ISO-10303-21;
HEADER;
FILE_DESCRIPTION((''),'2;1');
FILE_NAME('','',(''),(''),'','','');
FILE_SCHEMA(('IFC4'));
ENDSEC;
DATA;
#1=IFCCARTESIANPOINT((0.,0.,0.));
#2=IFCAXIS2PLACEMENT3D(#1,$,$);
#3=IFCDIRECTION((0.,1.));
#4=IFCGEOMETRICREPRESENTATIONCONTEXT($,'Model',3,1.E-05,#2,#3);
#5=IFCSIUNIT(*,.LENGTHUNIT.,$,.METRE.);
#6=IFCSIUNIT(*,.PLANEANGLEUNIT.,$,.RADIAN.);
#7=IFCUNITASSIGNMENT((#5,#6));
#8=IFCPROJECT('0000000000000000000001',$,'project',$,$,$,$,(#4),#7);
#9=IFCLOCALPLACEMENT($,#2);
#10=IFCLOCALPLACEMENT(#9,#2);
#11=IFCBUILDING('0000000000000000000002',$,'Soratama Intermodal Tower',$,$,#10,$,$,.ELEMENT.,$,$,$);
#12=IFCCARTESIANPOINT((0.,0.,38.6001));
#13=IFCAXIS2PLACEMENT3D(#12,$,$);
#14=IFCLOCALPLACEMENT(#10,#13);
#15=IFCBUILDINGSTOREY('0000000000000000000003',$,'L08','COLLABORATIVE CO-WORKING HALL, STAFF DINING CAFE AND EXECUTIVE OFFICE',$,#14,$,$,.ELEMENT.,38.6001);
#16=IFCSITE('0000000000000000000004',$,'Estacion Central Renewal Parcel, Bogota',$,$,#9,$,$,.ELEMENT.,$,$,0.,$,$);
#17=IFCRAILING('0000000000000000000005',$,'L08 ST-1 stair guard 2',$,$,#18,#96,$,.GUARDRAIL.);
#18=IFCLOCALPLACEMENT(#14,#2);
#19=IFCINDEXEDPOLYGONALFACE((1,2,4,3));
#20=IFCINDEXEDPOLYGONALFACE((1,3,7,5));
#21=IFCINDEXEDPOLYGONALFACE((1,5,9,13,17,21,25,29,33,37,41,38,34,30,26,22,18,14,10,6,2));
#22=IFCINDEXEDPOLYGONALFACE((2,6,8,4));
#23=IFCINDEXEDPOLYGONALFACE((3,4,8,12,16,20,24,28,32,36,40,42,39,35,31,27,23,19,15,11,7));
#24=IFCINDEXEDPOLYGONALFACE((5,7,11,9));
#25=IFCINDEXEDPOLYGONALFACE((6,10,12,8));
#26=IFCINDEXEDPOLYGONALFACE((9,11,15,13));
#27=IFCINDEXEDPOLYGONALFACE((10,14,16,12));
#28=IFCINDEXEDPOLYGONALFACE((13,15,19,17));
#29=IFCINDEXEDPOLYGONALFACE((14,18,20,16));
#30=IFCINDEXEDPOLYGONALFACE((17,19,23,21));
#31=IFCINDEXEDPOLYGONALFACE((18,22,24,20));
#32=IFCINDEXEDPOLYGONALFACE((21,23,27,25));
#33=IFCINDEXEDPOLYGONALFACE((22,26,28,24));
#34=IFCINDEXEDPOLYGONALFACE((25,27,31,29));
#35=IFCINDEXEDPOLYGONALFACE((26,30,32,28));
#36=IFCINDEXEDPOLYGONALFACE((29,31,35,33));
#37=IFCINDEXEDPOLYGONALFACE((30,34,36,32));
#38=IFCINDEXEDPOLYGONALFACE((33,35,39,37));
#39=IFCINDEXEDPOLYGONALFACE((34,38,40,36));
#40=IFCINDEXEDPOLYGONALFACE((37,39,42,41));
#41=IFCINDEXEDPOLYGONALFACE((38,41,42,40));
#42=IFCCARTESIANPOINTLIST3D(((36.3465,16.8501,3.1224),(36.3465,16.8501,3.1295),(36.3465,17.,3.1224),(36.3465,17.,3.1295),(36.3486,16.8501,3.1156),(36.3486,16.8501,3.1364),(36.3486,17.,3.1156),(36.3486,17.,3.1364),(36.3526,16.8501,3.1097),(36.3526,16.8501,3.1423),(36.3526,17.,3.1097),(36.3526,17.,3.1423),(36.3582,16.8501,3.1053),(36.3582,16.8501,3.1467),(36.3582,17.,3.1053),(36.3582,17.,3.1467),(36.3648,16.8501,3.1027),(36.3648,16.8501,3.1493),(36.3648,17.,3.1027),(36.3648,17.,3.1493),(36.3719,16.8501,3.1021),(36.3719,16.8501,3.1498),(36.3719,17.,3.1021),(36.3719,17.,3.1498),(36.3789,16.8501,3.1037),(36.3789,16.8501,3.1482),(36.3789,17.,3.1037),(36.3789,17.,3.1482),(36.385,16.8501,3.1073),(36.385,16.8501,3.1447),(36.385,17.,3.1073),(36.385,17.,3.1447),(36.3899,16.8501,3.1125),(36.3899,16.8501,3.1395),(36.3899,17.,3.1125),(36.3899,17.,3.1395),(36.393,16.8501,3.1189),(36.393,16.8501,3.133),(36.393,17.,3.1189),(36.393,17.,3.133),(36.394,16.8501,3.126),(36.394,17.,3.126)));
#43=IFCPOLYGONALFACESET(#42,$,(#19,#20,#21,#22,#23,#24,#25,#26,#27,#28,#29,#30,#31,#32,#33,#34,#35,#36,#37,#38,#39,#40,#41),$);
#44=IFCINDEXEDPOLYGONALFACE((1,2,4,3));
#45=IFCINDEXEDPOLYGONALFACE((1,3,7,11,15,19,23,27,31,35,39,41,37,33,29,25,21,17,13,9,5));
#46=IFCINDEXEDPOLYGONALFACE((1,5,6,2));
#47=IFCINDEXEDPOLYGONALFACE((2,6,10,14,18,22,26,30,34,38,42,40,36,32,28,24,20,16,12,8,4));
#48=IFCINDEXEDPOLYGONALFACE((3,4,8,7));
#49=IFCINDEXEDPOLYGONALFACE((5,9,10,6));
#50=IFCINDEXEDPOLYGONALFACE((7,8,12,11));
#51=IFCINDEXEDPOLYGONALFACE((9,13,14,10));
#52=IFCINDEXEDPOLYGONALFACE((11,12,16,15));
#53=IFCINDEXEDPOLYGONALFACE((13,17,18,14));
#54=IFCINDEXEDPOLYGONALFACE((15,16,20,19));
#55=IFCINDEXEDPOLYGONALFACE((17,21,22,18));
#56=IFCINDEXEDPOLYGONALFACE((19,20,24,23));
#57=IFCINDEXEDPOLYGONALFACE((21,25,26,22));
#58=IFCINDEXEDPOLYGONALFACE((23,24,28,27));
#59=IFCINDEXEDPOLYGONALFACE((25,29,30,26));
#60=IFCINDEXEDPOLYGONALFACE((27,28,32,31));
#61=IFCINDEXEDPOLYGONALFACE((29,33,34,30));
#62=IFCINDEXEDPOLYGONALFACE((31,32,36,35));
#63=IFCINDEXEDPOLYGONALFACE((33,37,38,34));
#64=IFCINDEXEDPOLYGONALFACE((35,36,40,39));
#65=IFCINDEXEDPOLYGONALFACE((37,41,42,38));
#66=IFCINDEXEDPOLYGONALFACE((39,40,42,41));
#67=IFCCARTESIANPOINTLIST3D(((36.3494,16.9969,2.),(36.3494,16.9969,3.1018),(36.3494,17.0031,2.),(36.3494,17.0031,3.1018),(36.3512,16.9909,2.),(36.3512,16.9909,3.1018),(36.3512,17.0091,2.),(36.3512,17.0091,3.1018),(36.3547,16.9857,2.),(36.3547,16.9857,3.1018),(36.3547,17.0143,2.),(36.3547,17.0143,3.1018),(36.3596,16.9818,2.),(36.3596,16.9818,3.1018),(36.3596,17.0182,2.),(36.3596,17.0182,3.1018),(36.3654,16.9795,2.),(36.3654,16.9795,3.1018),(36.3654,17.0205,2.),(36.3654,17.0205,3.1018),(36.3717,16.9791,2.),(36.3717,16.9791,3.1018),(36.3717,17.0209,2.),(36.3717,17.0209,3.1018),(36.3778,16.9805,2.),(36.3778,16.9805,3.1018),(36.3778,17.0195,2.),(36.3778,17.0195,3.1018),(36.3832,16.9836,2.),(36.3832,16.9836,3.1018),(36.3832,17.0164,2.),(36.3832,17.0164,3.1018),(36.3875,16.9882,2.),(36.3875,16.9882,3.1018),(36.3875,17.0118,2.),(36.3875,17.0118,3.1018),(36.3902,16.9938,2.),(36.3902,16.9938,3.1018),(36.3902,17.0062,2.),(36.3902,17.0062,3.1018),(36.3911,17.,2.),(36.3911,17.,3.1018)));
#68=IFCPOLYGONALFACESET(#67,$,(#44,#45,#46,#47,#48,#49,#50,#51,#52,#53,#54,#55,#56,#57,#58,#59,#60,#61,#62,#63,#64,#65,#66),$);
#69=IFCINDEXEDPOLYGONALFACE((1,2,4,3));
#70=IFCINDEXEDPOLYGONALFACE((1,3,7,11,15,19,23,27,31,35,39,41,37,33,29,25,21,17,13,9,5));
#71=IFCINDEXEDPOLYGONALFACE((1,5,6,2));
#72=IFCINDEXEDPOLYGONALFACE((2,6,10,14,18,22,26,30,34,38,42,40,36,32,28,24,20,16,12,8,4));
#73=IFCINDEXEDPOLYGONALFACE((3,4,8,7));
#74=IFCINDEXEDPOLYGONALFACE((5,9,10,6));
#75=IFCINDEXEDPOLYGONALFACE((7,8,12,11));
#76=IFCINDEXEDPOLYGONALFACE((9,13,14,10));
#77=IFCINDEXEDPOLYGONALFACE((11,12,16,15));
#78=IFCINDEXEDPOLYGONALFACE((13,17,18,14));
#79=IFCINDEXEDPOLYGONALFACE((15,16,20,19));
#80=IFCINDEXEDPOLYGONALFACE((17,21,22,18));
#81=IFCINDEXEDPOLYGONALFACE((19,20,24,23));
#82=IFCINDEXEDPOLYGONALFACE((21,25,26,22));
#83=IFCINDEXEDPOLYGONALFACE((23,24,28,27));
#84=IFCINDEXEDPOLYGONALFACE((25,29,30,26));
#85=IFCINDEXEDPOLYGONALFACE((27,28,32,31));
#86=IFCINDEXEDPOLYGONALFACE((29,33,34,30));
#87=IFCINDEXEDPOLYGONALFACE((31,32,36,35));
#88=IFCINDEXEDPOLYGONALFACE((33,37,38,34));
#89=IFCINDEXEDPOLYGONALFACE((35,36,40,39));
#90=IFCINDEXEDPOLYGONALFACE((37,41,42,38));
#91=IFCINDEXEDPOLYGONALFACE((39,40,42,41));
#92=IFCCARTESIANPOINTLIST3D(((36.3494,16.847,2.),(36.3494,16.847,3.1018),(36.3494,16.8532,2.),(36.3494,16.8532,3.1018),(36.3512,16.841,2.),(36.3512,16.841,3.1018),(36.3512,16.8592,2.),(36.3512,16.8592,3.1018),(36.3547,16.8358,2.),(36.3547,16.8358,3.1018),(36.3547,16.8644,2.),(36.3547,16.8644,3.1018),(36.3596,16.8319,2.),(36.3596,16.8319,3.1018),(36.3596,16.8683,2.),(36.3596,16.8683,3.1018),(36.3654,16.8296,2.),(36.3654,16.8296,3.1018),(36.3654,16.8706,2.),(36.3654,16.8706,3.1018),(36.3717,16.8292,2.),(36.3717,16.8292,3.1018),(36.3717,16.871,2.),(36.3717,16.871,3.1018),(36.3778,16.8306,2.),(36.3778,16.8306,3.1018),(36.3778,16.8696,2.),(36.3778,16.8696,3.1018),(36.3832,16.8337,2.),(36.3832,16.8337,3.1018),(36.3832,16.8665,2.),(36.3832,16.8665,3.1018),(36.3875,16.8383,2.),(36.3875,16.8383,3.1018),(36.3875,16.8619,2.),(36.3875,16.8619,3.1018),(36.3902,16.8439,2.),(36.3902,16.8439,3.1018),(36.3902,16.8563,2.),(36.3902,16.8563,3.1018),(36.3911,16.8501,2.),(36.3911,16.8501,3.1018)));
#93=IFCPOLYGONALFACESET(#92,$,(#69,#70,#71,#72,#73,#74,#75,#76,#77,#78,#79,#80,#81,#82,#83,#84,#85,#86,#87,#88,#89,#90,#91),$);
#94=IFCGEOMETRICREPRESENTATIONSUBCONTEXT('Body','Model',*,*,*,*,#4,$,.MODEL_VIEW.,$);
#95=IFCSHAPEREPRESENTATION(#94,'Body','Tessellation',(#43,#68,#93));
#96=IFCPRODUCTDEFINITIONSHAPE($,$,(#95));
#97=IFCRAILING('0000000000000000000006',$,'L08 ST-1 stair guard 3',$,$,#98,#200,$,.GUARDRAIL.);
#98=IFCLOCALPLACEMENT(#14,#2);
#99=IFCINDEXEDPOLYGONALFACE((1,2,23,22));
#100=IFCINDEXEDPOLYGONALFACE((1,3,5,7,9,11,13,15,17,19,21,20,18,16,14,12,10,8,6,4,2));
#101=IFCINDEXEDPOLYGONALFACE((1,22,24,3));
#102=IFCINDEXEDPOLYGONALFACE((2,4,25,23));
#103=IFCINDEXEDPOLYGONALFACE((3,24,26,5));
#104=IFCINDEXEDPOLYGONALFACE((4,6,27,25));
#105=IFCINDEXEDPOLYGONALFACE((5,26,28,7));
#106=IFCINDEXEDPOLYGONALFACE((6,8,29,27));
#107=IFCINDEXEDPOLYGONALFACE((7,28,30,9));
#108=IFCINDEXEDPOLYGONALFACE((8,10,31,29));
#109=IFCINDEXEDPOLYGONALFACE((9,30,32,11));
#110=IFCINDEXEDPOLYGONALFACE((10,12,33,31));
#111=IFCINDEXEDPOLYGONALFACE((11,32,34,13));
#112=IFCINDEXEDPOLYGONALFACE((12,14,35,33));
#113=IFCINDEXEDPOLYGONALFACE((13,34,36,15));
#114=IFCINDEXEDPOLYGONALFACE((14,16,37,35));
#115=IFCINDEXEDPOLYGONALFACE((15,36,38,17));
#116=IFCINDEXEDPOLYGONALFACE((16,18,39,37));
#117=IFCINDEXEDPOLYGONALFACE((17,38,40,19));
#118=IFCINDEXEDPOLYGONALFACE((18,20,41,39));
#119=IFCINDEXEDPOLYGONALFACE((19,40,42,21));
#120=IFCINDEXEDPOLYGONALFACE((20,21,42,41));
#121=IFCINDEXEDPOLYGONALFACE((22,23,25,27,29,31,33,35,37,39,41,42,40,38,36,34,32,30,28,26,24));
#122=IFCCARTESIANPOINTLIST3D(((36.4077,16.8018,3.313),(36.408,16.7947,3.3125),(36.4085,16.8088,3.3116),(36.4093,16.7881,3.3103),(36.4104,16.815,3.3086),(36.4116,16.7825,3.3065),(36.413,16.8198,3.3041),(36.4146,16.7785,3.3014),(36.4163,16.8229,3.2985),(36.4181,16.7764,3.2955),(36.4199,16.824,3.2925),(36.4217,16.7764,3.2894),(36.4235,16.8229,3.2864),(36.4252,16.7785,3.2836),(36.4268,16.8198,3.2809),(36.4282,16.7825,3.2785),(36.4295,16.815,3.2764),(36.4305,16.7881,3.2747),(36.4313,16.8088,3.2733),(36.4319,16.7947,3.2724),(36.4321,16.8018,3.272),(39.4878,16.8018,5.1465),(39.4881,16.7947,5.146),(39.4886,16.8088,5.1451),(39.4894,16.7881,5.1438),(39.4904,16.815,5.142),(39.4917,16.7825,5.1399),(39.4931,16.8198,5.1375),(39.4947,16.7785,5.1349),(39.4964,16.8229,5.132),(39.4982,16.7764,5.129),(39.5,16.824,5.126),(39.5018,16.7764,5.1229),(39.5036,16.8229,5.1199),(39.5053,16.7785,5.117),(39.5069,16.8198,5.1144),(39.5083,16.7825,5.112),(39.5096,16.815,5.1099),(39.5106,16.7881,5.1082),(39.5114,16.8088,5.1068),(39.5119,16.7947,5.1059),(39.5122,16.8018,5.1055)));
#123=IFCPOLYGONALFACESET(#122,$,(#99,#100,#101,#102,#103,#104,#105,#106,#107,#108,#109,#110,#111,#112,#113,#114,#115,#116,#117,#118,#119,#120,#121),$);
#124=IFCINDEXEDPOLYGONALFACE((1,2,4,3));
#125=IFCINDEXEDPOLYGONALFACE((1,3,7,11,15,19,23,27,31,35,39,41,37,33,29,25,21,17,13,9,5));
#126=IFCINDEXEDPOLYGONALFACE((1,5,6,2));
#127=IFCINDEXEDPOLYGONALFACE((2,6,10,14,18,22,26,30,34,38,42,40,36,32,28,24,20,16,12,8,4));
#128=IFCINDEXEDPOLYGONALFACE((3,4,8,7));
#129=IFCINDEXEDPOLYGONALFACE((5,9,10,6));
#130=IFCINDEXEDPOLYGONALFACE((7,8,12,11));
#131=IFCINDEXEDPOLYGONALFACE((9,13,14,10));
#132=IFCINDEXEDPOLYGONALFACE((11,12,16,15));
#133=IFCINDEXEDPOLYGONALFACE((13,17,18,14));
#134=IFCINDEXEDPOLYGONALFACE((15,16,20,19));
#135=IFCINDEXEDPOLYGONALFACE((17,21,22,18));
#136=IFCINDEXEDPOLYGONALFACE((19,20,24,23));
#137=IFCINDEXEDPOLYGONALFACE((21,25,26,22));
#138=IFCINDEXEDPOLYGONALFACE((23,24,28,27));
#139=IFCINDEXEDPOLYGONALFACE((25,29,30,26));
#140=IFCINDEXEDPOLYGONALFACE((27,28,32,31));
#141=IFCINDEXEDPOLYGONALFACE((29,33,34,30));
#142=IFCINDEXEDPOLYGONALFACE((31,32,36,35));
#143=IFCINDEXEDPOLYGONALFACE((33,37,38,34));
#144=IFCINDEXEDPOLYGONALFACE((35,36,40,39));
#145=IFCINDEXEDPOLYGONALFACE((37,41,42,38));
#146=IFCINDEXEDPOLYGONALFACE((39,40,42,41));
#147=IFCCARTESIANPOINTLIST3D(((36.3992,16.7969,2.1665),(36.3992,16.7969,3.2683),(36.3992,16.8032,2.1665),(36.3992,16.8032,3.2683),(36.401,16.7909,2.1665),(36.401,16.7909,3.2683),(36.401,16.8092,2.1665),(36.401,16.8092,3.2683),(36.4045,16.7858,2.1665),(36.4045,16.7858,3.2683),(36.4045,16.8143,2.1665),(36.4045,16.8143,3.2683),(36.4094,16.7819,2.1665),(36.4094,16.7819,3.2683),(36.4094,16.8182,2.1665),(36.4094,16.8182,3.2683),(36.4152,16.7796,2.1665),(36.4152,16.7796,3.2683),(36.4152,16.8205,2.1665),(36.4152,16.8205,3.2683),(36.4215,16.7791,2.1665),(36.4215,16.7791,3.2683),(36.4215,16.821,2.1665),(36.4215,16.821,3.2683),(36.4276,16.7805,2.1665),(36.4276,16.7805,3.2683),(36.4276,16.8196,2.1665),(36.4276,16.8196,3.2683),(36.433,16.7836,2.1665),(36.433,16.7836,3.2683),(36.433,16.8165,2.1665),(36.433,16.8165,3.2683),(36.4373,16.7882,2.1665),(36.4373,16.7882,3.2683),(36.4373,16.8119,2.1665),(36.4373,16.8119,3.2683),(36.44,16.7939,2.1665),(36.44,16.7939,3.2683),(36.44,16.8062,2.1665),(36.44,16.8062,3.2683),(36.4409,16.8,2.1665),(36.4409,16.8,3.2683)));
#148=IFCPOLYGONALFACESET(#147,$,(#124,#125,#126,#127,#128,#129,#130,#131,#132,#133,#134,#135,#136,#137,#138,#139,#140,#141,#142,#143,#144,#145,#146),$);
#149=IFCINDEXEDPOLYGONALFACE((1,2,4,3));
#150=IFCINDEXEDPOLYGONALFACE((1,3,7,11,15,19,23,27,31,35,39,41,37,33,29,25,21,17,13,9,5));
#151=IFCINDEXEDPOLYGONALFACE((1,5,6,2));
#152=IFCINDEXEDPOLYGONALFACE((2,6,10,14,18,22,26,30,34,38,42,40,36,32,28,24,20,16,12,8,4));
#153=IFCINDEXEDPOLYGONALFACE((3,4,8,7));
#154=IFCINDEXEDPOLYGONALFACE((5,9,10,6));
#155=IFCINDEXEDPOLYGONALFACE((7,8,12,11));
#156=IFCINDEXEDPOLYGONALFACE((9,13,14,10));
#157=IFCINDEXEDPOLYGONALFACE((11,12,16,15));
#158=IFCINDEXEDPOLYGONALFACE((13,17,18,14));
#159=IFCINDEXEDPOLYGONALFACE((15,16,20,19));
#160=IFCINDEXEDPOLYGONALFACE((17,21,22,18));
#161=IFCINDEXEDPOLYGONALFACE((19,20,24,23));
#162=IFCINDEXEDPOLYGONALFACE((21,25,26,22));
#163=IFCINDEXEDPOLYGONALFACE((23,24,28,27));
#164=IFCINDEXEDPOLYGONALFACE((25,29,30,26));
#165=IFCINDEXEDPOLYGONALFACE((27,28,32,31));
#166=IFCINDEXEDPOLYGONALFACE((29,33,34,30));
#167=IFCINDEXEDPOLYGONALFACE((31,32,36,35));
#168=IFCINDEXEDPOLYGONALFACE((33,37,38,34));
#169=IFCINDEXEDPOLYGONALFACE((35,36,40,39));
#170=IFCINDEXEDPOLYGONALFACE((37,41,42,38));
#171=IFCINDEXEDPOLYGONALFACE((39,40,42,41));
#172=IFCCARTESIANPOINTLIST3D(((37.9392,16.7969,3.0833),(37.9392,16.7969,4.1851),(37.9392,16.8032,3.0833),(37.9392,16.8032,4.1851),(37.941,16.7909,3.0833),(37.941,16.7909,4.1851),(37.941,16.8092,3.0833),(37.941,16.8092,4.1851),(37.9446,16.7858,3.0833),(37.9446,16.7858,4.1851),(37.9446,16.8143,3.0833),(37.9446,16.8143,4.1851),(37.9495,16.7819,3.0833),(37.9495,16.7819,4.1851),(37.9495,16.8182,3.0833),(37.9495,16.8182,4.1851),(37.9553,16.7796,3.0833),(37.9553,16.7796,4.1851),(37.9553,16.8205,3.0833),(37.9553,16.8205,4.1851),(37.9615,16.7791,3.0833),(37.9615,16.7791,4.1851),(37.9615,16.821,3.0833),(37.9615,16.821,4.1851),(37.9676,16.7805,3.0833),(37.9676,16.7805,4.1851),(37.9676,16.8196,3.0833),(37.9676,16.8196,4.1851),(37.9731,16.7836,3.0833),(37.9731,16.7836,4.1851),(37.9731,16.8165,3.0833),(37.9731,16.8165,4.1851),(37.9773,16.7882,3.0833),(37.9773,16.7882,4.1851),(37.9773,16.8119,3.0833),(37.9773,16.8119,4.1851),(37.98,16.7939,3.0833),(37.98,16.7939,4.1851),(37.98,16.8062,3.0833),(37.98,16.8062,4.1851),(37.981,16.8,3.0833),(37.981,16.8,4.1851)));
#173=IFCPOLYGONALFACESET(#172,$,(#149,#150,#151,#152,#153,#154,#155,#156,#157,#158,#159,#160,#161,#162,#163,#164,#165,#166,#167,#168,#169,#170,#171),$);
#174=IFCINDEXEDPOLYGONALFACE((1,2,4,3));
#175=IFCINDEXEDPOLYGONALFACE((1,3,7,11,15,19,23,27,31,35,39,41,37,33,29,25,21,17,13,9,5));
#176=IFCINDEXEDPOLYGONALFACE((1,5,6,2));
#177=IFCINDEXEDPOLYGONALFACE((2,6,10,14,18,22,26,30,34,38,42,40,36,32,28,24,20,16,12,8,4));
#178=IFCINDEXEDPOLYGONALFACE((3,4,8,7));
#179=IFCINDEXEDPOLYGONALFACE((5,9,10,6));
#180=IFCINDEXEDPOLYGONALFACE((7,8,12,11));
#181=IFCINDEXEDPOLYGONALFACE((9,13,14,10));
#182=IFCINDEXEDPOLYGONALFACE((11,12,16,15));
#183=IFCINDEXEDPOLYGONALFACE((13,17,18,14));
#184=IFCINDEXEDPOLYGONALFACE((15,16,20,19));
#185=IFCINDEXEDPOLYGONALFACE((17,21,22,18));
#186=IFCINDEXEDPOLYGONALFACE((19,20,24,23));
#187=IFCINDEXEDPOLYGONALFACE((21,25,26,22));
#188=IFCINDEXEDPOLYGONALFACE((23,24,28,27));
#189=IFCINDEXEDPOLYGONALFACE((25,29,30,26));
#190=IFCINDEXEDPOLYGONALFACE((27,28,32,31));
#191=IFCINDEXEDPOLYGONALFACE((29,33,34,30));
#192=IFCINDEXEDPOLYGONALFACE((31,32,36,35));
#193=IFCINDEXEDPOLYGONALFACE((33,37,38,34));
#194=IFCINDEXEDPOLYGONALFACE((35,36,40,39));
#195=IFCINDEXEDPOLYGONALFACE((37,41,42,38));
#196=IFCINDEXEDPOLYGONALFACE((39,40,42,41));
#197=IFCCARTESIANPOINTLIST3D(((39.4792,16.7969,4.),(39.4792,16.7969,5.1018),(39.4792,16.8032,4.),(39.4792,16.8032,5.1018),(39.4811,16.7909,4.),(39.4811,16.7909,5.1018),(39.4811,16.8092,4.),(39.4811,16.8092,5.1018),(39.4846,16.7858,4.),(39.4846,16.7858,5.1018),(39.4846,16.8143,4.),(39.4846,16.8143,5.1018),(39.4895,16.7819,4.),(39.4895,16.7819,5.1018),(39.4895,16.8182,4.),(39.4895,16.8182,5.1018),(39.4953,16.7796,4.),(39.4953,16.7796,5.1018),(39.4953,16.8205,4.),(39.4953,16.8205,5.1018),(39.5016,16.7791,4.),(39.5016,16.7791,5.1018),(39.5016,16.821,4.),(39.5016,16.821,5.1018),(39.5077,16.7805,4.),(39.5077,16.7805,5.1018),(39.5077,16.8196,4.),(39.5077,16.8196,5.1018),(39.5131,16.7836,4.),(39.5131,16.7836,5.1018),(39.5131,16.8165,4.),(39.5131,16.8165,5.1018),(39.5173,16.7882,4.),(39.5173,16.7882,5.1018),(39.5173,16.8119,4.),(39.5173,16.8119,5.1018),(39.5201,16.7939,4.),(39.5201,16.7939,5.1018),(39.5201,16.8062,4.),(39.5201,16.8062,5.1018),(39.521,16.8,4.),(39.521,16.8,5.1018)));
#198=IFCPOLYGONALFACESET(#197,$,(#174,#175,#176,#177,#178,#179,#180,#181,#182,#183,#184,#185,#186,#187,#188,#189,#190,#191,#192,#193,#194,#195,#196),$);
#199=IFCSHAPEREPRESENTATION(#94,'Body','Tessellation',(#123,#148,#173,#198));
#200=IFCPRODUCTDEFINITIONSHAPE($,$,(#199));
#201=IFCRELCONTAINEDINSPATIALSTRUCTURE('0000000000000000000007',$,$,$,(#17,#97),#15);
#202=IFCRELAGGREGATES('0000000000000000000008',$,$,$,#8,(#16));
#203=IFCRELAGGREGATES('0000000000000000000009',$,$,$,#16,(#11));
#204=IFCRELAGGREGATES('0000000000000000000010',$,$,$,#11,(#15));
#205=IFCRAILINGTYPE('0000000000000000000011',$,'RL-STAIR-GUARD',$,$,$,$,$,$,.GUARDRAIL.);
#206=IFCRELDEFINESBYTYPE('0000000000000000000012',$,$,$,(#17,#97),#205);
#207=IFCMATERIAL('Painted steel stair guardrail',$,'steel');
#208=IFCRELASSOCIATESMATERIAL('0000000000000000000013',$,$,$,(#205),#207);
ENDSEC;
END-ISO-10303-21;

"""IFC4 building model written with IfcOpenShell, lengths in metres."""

from ifc_helpers import new_model, si_unit, direction, frame, origin, origin_2d, place, context, subcontext, project, spatial, circle, extrude, material, type_object, element, save


model = new_model("IFC4")

# Units and contexts
model_context = context("Model", 3, precision=1e-05, world=origin(), true_north=direction((0.0, 1.0)))
body_context = subcontext(model_context, "Body", "Model", "MODEL_VIEW")
ifc_project = project(units=[si_unit("LENGTHUNIT", "METRE"), si_unit("PLANEANGLEUNIT", "RADIAN")], contexts=[model_context])

# Site, building, storey
site_placement = place(None, origin())
site = spatial("IfcSite", under=ifc_project, at=site_placement, Name="Estacion Central Renewal Parcel, Bogota", CompositionType="ELEMENT", RefElevation=0.0)
building_placement = place(site_placement, origin())
building = spatial("IfcBuilding", under=site, at=building_placement, Name="Soratama Intermodal Tower", CompositionType="ELEMENT")
storey_placement = place(building_placement, frame((0.0, 0.0, 38.6001)))
storey = spatial("IfcBuildingStorey", under=building, at=storey_placement, Name="L08", Description="COLLABORATIVE CO-WORKING HALL, STAFF DINING CAFE AND EXECUTIVE OFFICE", CompositionType="ELEMENT", Elevation=38.6001)

# Railings
ifc_material_1 = material(Name="Painted steel stair guardrail", Category="steel")
railing_type_1 = type_object("IfcRailingType", Name="RL-STAIR-GUARD", PredefinedType="GUARDRAIL", material=ifc_material_1)
railing_1_placement = place(storey_placement, frame((36.3701, 17.0, 2.0)))
element("IfcRailing", 1, at=railing_1_placement, inside=storey, type_object=railing_type_1, Name="L08 ST-1 stair guard 2", PredefinedType="GUARDRAIL", context=body_context, shape_type="SweptSolid", body=[
    extrude(circle(Radius=0.0239, at=origin_2d()), frame((0.0, 0.0, 1.126), z_axis=(0.0, -1.0, 0.0), x_axis=(1.0, 0.0, 0.0)), (0.0, 0.0, 1.0), 0.1499),
    extrude(circle(Radius=0.021, at=origin_2d()), origin(), (0.0, 0.0, 1.0), 1.1018),
    extrude(circle(Radius=0.021, at=origin_2d()), frame((0.0, -0.1499, 0.0)), (0.0, 0.0, 1.0), 1.1018),
])
railing_2_placement = place(storey_placement, frame((36.4199, 16.8, 2.1665)))
element("IfcRailing", 2, at=railing_2_placement, inside=storey, type_object=railing_type_1, Name="L08 ST-1 stair guard 3", PredefinedType="GUARDRAIL", context=body_context, shape_type="SweptSolid", body=[
    extrude(circle(Radius=0.0239, at=origin_2d()), frame((0.0, 0.0, 1.126), z_axis=(0.859279, 0.0, 0.511508), x_axis=(0.0, 1.0, 0.0)), (0.0, 0.0, 1.0), 3.5845),
    extrude(circle(Radius=0.021, at=origin_2d()), origin(), (0.0, 0.0, 1.0), 1.1018),
    extrude(circle(Radius=0.021, at=origin_2d()), frame((1.54, 0.0, 0.9167)), (0.0, 0.0, 1.0), 1.1018),
    extrude(circle(Radius=0.021, at=origin_2d()), frame((3.0801, 0.0, 1.8335)), (0.0, 0.0, 1.0), 1.1018),
])

save(model, "model.ifc")
